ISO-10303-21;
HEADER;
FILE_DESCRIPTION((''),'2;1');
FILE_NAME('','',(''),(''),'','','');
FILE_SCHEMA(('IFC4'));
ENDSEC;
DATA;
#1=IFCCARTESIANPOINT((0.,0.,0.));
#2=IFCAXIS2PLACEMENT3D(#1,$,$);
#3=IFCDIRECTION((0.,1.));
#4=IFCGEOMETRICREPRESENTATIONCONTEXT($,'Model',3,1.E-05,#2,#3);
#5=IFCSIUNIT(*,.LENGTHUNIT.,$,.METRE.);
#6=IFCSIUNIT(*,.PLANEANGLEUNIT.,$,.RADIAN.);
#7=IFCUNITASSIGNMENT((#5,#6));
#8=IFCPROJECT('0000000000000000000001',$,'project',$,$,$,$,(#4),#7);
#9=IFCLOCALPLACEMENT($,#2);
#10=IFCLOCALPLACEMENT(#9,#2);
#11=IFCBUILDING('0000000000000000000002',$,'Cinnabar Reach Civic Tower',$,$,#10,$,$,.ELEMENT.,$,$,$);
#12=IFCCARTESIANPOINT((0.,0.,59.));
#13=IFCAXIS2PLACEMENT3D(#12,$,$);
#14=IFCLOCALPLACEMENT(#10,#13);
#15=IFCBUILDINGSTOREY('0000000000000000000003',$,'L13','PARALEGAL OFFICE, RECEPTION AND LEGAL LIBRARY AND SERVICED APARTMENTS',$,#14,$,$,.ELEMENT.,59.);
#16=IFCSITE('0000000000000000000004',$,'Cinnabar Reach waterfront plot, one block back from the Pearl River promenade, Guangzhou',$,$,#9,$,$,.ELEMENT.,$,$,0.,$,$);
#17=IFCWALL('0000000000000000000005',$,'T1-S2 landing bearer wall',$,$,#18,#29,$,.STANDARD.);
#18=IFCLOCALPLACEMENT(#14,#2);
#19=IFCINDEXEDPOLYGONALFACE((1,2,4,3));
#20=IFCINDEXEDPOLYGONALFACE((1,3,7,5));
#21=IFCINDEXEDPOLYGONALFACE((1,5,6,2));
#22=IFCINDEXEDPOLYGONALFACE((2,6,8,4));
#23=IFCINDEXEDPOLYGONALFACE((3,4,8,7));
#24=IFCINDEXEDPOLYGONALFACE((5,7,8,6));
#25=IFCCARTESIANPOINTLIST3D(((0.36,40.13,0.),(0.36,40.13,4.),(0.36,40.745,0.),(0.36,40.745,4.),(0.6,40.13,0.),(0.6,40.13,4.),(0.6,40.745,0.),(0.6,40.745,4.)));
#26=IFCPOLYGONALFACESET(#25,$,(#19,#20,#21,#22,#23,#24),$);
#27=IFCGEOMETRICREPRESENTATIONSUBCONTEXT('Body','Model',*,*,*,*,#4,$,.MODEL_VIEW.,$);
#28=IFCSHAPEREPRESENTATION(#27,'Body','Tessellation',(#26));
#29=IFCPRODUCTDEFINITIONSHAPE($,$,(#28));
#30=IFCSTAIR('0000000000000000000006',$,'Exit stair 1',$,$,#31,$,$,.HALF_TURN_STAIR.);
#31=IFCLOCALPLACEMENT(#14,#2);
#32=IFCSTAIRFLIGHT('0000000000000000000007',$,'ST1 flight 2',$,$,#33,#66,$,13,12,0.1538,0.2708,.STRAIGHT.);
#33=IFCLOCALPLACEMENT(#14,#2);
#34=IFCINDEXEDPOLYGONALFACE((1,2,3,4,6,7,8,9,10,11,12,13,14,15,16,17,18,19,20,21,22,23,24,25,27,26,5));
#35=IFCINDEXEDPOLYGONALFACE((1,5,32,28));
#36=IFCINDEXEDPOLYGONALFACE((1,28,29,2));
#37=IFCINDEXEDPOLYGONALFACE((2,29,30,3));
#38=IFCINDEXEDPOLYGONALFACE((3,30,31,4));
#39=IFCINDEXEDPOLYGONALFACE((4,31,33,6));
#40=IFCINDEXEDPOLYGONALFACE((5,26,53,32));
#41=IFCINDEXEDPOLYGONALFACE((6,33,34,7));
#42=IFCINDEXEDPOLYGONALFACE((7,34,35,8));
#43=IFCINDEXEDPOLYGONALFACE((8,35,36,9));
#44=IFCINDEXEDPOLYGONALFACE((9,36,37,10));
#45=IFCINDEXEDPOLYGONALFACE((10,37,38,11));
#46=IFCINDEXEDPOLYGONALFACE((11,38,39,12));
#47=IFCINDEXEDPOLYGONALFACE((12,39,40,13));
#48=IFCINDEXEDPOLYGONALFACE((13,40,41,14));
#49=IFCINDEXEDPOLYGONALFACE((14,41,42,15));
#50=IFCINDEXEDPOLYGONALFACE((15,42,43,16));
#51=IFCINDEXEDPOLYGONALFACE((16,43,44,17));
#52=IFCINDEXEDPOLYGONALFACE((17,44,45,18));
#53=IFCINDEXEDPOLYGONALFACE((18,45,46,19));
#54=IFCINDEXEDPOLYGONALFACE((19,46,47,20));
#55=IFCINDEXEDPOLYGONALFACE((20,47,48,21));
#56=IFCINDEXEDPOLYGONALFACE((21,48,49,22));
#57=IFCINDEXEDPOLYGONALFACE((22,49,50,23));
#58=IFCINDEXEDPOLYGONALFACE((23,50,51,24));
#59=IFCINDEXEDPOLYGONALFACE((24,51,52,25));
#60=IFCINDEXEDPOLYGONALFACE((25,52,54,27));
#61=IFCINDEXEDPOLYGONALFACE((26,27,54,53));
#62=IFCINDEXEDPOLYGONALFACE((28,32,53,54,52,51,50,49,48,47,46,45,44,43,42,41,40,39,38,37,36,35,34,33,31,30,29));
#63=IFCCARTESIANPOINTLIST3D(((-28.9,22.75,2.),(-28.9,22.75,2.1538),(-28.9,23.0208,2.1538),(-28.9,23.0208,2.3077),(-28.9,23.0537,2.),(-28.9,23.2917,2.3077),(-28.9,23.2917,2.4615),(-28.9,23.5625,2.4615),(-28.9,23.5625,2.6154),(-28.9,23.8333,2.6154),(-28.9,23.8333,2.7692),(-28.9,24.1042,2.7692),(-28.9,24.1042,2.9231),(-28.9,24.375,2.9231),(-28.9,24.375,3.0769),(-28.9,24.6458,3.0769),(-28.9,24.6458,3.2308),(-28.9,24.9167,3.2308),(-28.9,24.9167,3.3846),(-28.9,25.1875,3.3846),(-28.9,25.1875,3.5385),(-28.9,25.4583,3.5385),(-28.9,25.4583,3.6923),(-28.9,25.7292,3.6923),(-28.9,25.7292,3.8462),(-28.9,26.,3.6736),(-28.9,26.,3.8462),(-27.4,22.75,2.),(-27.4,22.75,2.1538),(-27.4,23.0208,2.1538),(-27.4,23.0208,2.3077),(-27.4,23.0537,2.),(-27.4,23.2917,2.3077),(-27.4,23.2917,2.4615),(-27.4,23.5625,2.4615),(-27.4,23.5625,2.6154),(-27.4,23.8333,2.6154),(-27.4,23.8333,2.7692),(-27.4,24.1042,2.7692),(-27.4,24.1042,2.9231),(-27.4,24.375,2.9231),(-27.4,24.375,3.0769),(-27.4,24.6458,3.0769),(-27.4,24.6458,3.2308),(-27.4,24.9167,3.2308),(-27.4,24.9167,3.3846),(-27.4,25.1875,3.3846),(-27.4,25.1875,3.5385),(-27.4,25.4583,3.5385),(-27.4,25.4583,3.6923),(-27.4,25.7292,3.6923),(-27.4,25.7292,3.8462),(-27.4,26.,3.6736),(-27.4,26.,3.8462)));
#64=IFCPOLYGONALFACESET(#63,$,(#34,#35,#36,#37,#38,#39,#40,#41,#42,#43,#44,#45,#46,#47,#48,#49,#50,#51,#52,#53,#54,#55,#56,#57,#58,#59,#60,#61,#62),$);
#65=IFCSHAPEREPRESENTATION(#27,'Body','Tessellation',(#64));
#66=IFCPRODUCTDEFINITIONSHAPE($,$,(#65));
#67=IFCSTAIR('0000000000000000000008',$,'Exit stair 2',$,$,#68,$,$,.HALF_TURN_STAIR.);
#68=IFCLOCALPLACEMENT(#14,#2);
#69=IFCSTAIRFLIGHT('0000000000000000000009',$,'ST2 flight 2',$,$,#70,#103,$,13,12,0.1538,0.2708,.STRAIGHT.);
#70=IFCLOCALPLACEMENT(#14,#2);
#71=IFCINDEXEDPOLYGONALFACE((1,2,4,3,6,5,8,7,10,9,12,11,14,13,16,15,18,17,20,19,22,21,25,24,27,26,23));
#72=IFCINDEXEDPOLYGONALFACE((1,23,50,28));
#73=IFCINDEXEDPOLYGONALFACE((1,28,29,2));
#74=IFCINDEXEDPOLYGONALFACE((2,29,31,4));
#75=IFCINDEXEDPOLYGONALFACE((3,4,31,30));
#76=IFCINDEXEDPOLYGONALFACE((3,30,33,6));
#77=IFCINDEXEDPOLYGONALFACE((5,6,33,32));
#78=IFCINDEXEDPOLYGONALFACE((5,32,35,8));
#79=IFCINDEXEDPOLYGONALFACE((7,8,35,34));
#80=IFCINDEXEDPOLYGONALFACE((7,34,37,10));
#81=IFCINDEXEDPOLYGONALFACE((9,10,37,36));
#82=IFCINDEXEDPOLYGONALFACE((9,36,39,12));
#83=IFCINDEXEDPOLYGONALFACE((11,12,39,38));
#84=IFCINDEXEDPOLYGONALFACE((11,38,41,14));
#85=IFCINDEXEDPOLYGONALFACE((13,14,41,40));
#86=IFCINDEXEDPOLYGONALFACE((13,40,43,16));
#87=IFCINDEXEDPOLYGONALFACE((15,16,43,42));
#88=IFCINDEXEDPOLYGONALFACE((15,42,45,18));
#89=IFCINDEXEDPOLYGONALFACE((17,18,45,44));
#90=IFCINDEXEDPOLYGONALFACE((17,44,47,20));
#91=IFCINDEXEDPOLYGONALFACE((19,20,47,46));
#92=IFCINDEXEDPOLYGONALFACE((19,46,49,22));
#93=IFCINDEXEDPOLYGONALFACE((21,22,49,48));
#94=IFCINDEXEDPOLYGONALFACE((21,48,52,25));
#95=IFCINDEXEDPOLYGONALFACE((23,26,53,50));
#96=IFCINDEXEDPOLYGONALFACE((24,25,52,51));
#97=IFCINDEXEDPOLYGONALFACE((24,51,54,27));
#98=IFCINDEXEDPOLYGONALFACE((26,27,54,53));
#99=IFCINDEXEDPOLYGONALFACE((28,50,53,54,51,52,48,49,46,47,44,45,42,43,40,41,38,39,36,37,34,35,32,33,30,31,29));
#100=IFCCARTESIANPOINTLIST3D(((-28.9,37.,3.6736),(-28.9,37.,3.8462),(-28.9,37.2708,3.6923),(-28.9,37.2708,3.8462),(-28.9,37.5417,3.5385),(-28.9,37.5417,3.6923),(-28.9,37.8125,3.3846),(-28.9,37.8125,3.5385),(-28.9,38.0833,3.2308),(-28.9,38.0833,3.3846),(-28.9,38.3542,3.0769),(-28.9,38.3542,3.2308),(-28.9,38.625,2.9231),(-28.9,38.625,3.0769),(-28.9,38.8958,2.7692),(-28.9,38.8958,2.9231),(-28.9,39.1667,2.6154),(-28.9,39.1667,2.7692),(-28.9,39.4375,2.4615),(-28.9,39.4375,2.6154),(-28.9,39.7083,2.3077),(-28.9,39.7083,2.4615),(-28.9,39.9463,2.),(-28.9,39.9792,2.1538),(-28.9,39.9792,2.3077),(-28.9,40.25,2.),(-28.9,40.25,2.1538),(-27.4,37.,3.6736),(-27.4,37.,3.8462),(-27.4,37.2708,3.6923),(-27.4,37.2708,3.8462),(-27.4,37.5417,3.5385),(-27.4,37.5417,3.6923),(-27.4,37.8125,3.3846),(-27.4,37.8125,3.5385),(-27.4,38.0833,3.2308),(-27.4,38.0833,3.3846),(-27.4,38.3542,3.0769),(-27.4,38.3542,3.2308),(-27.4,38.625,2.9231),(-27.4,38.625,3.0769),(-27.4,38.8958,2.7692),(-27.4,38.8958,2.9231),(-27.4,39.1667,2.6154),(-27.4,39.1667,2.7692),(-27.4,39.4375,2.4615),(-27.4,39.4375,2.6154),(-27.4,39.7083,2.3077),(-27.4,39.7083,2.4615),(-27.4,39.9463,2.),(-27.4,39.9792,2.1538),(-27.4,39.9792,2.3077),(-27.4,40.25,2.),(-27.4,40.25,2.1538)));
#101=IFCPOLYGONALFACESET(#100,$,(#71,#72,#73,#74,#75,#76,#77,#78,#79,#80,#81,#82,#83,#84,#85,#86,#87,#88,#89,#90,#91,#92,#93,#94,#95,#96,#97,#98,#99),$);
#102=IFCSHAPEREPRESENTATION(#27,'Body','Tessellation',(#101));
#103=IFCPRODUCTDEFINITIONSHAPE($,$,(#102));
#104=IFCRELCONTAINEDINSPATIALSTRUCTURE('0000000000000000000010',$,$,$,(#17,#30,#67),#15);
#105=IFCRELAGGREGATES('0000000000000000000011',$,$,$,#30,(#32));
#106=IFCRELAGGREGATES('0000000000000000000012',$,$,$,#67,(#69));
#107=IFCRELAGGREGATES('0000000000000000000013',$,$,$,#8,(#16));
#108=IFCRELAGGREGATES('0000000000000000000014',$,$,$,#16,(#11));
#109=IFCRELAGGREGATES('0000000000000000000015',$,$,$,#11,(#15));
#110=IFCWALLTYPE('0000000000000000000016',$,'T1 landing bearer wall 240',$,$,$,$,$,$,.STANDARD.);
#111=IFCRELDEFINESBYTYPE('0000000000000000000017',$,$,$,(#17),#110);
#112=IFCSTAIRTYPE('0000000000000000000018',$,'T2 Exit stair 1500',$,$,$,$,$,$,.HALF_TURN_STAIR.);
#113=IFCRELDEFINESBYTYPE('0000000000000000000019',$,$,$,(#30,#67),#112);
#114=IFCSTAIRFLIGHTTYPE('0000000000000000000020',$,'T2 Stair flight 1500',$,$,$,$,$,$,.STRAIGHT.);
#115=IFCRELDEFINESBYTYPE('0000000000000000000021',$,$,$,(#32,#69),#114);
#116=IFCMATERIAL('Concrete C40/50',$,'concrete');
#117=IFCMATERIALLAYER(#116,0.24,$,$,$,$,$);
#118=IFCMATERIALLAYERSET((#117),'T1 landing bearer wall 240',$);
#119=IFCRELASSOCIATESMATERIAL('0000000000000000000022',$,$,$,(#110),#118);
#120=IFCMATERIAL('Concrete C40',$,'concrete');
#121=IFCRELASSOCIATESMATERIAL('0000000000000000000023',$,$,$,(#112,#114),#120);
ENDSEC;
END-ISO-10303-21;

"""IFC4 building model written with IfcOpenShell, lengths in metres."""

from ifc_helpers import new_model, si_unit, direction, frame, frame_2d, origin, place, context, subcontext, project, spatial, polyline, rectangle, outline, extrude, material, layer, layer_set, type_object, element, aggregate, save


model = new_model("IFC4")

# Units and contexts
model_context = context("Model", 3, precision=1e-05, world=origin(), true_north=direction((0.0, 1.0)))
body_context = subcontext(model_context, "Body", "Model", "MODEL_VIEW")
ifc_project = project(units=[si_unit("LENGTHUNIT", "METRE"), si_unit("PLANEANGLEUNIT", "RADIAN")], contexts=[model_context])

# Site, building, storey
site_placement = place(None, origin())
site = spatial("IfcSite", under=ifc_project, at=site_placement, Name="Cinnabar Reach waterfront plot, one block back from the Pearl River promenade, Guangzhou", CompositionType="ELEMENT", RefElevation=0.0)
building_placement = place(site_placement, origin())
building = spatial("IfcBuilding", under=site, at=building_placement, Name="Cinnabar Reach Civic Tower", CompositionType="ELEMENT")
storey_placement = place(building_placement, frame((0.0, 0.0, 59.0)))
storey = spatial("IfcBuildingStorey", under=building, at=storey_placement, Name="L13", Description="PARALEGAL OFFICE, RECEPTION AND LEGAL LIBRARY AND SERVICED APARTMENTS", CompositionType="ELEMENT", Elevation=59.0)

# Shared definitions
ifc_material_1 = material(Name="Concrete C40", Category="concrete")

# Wall
ifc_material_2 = material(Name="Concrete C40/50", Category="concrete")
ifc_layer_1 = layer(ifc_material_2, 0.24)
ifc_layer_set_1 = layer_set([ifc_layer_1], Name="T1 landing bearer wall 240")
wall_type_1 = type_object("IfcWallType", Name="T1 landing bearer wall 240", PredefinedType="STANDARD", material=ifc_layer_set_1)
wall_1_placement = place(storey_placement, frame((0.48, 40.13, 0.0), z_axis=(0.0, 0.0, 1.0), x_axis=(0.0, 1.0, 0.0)))
element("IfcWall", 1, at=wall_1_placement, inside=storey, type_object=wall_type_1, Name="T1-S2 landing bearer wall", PredefinedType="STANDARD", context=body_context, shape_type="SweptSolid", body=[
    extrude(rectangle(XDim=0.6151, YDim=0.24, at=frame_2d((0.3075, 0.0))), origin(), (0.0, 0.0, 1.0), 4.0),
])

# Stairs, stair flights
stair_type_1 = type_object("IfcStairType", Name="T2 Exit stair 1500", PredefinedType="HALF_TURN_STAIR", material=ifc_material_1)
stair_1_placement = place(storey_placement, origin())
stair_1 = element("IfcStair", 2, at=stair_1_placement, inside=storey, type_object=stair_type_1, Name="Exit stair 1", PredefinedType="HALF_TURN_STAIR")
stair_flight_type = type_object("IfcStairFlightType", Name="T2 Stair flight 1500", PredefinedType="STRAIGHT", material=ifc_material_1)
stair_flight_1_placement = place(storey_placement, frame((-28.15, 22.75, 2.0), z_axis=(0.0, 0.0, 1.0), x_axis=(0.0, 1.0, 0.0)))
stair_flight_1 = element("IfcStairFlight", 3, at=stair_flight_1_placement, type_object=stair_flight_type, Name="ST1 flight 2", NumberOfRisers=13, NumberOfTreads=12, PredefinedType="STRAIGHT", RiserHeight=0.1538, TreadLength=0.2708, context=body_context, shape_type="SweptSolid", body=[
    extrude(outline(polyline([(0.0, 0.0), (0.0, 0.1538), (0.2708, 0.1538), (0.2708, 0.3077), (0.5417, 0.3077), (0.5417, 0.4615), (0.8125, 0.4615), (0.8125, 0.6154), (1.0833, 0.6154), (1.0833, 0.7692), (1.3542, 0.7692), (1.3542, 0.9231), (1.625, 0.9231), (1.625, 1.0769), (1.8958, 1.0769), (1.8958, 1.2308), (2.1667, 1.2308), (2.1667, 1.3846), (2.4375, 1.3846), (2.4375, 1.5385), (2.7083, 1.5385), (2.7083, 1.6923), (2.9792, 1.6923), (2.9792, 1.8462), (3.25, 1.8462), (3.25, 2.0), (3.25, 1.6736), (0.3037, 0.0), (0.0, 0.0)])), frame((0.0, 0.75, 0.0), z_axis=(0.0, -1.0, 0.0), x_axis=(1.0, 0.0, 0.0)), (0.0, 0.0, 1.0), 1.5),
])
aggregate(stair_1, [stair_flight_1])
stair_2_placement = place(storey_placement, origin())
stair_2 = element("IfcStair", 4, at=stair_2_placement, inside=storey, type_object=stair_type_1, Name="Exit stair 2", PredefinedType="HALF_TURN_STAIR")
stair_flight_2_placement = place(storey_placement, frame((-28.15, 40.25, 2.0), z_axis=(0.0, 0.0, 1.0), x_axis=(0.0, -1.0, 0.0)))
stair_flight_2 = element("IfcStairFlight", 5, at=stair_flight_2_placement, type_object=stair_flight_type, Name="ST2 flight 2", NumberOfRisers=13, NumberOfTreads=12, PredefinedType="STRAIGHT", RiserHeight=0.1538, TreadLength=0.2708, context=body_context, shape_type="SweptSolid", body=[
    extrude(outline(polyline([(0.0, 0.0), (0.0, 0.1538), (0.2708, 0.1538), (0.2708, 0.3077), (0.5417, 0.3077), (0.5417, 0.4615), (0.8125, 0.4615), (0.8125, 0.6154), (1.0833, 0.6154), (1.0833, 0.7692), (1.3542, 0.7692), (1.3542, 0.9231), (1.625, 0.9231), (1.625, 1.0769), (1.8958, 1.0769), (1.8958, 1.2308), (2.1667, 1.2308), (2.1667, 1.3846), (2.4375, 1.3846), (2.4375, 1.5385), (2.7083, 1.5385), (2.7083, 1.6923), (2.9792, 1.6923), (2.9792, 1.8462), (3.25, 1.8462), (3.25, 2.0), (3.25, 1.6736), (0.3037, 0.0), (0.0, 0.0)])), frame((0.0, 0.75, 0.0), z_axis=(0.0, -1.0, 0.0), x_axis=(1.0, 0.0, 0.0)), (0.0, 0.0, 1.0), 1.5),
])
aggregate(stair_2, [stair_flight_2])

save(model, "model.ifc")
